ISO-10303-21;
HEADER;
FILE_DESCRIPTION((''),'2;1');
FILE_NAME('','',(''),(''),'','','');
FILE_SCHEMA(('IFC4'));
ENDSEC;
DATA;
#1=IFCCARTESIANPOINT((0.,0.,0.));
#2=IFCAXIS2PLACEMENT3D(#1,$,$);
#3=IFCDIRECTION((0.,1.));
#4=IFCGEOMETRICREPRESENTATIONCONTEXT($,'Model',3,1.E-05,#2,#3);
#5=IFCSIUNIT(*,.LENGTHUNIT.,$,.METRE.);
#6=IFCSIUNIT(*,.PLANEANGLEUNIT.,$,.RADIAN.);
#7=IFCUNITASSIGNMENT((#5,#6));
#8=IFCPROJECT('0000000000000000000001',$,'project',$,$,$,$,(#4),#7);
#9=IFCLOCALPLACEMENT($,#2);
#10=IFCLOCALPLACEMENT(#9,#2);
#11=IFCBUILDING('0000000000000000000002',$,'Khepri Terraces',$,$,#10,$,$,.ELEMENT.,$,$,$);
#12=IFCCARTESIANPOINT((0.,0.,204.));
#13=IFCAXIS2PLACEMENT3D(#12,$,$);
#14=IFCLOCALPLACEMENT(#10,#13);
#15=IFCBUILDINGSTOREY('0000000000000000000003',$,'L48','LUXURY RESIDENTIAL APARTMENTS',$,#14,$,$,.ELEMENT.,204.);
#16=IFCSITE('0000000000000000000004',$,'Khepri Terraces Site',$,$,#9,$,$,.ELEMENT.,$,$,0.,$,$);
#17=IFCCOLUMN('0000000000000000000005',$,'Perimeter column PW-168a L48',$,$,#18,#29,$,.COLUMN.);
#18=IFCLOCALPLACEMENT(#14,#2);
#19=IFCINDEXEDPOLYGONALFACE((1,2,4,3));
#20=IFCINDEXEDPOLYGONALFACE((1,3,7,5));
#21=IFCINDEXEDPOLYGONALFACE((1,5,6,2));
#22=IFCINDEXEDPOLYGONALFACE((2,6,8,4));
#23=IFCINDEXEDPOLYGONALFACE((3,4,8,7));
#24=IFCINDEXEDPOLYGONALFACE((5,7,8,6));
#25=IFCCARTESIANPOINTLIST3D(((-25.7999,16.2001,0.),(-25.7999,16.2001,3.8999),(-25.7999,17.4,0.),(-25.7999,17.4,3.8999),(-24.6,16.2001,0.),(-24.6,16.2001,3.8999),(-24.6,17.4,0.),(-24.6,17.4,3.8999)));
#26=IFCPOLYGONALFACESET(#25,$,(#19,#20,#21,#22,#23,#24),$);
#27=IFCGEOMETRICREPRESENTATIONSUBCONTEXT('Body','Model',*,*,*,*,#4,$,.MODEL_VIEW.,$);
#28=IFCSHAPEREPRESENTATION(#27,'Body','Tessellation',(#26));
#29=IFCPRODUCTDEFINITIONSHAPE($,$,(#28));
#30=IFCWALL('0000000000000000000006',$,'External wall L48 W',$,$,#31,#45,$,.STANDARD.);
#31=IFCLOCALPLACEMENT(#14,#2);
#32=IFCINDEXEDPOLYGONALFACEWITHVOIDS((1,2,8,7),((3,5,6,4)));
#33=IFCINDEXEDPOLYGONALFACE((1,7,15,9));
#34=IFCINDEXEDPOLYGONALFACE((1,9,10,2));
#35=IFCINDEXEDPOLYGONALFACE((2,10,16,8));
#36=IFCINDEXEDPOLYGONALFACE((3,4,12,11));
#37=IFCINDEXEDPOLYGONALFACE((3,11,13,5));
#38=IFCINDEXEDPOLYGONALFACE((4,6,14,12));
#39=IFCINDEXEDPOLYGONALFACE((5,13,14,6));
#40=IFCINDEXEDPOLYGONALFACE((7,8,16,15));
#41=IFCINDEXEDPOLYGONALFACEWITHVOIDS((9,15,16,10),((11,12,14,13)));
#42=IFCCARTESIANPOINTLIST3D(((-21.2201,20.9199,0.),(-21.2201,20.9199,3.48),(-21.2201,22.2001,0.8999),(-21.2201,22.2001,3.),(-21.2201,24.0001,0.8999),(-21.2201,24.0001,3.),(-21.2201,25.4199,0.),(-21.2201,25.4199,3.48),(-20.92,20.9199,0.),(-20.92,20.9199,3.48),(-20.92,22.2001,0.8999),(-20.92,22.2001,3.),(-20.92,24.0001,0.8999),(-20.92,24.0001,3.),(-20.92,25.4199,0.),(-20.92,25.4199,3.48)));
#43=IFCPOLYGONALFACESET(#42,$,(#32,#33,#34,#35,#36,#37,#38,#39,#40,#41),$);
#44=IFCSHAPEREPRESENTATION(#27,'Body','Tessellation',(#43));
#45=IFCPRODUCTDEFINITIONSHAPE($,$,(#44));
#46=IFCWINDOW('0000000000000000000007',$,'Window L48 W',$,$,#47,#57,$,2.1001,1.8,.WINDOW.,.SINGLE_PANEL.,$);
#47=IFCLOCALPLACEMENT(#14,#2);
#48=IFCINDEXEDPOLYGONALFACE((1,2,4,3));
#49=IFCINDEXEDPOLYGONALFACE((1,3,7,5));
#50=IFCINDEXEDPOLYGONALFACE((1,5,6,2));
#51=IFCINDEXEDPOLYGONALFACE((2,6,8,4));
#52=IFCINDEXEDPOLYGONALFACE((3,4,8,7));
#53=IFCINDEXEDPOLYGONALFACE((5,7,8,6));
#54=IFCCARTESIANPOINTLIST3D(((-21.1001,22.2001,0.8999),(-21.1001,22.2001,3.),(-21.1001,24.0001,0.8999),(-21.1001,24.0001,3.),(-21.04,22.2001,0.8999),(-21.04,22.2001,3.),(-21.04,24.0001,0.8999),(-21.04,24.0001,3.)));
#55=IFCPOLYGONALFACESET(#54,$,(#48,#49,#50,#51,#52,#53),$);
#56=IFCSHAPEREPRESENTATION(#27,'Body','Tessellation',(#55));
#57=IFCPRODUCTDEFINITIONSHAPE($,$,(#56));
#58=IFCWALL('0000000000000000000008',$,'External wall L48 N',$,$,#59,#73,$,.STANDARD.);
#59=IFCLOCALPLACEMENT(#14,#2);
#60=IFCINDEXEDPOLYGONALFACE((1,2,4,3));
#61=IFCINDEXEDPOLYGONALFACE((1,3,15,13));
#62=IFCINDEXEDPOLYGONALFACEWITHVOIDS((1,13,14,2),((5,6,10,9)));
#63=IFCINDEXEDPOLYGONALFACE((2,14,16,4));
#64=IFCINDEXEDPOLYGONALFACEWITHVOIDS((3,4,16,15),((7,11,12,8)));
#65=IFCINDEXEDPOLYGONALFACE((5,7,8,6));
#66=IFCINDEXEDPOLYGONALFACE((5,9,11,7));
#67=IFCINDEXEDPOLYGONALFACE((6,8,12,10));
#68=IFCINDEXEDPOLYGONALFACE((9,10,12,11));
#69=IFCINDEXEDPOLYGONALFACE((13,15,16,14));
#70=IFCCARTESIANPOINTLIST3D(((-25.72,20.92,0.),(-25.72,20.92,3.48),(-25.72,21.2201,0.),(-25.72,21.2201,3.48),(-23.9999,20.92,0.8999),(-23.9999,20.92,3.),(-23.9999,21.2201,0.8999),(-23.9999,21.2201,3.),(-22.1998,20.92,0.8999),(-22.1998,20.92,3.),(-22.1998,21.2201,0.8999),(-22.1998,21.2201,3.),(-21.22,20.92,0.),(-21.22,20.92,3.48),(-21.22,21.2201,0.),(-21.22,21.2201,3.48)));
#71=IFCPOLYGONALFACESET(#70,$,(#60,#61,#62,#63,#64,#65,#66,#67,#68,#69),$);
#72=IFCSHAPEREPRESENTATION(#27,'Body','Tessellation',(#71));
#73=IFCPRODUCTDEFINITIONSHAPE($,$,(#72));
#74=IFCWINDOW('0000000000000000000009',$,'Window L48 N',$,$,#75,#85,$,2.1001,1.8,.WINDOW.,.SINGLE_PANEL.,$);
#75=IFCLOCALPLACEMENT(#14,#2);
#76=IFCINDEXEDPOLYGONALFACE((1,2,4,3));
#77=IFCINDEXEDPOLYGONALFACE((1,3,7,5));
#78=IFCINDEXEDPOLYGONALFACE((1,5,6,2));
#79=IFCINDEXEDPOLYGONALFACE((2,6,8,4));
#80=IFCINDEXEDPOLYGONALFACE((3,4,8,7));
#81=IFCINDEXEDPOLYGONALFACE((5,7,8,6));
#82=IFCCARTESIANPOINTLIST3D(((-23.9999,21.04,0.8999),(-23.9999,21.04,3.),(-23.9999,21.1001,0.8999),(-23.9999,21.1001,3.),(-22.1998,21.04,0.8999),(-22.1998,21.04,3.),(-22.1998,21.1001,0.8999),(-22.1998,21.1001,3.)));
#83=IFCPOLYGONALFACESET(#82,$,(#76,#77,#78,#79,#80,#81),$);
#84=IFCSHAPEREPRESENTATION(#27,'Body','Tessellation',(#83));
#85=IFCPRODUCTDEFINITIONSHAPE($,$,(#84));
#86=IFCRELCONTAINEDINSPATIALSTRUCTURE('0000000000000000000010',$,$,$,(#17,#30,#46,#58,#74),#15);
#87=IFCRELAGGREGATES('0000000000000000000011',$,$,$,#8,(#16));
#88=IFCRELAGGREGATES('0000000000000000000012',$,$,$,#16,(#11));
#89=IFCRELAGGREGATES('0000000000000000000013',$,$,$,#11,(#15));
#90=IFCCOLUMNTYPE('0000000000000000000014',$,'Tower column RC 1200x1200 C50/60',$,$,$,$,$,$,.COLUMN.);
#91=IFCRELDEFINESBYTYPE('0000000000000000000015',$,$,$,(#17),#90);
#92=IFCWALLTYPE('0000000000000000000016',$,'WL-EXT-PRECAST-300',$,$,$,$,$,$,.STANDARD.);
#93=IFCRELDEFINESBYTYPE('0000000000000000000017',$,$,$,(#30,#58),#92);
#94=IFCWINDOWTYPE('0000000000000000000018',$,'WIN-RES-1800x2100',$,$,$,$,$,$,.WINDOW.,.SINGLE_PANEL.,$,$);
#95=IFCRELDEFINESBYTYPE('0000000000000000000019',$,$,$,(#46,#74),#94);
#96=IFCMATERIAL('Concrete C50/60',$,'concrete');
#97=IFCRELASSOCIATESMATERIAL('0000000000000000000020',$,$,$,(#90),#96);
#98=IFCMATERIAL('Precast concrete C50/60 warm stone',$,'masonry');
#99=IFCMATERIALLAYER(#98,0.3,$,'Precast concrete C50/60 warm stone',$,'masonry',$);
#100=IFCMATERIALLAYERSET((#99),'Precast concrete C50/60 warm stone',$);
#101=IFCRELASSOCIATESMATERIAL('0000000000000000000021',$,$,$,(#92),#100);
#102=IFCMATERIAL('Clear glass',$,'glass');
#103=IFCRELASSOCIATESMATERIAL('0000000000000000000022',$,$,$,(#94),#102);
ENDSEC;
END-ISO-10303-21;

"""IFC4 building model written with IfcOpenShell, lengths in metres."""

from ifc_helpers import new_model, si_unit, direction, frame, frame_2d, origin, origin_2d, place, context, subcontext, project, spatial, rectangle, extrude, material, layer, layer_set, material_profile, profile_set, type_object, element, fill, save


model = new_model("IFC4")

# Units and contexts
model_context = context("Model", 3, precision=1e-05, world=origin(), true_north=direction((0.0, 1.0)))
body_context = subcontext(model_context, "Body", "Model", "MODEL_VIEW")
ifc_project = project(units=[si_unit("LENGTHUNIT", "METRE"), si_unit("PLANEANGLEUNIT", "RADIAN")], contexts=[model_context])

# Site, building, storey
site_placement = place(None, origin())
site = spatial("IfcSite", under=ifc_project, at=site_placement, Name="Khepri Terraces Site", CompositionType="ELEMENT", RefElevation=0.0)
building_placement = place(site_placement, origin())
building = spatial("IfcBuilding", under=site, at=building_placement, Name="Khepri Terraces", CompositionType="ELEMENT")
storey_placement = place(building_placement, frame((0.0, 0.0, 204.0)))
storey = spatial("IfcBuildingStorey", under=building, at=storey_placement, Name="L48", Description="LUXURY RESIDENTIAL APARTMENTS", CompositionType="ELEMENT", Elevation=204.0)

# Column
ifc_material_1 = material(Name="Concrete C50/60", Category="concrete")
ifc_material_profile = material_profile(ifc_material_1, rectangle(XDim=1.2, YDim=1.2, at=origin_2d()), Name="Concrete C50/60", Category="concrete")
ifc_profile_set = profile_set([ifc_material_profile], Name="Concrete C50/60")
column_type = type_object("IfcColumnType", Name="Tower column RC 1200x1200 C50/60", PredefinedType="COLUMN", material=ifc_profile_set)
column_placement = place(storey_placement, frame((-25.2, 16.8, 0.0), z_axis=(0.0, 0.0, 1.0), x_axis=(1.0, 0.0, 0.0)))
element("IfcColumn", 1, at=column_placement, inside=storey, type_object=column_type, Name="Perimeter column PW-168a L48", PredefinedType="COLUMN", context=body_context, shape_type="SweptSolid", body=[
    extrude(rectangle(XDim=1.2, YDim=1.2, at=origin_2d()), origin(), (0.0, 0.0, 1.0), 3.8999),
])

# Walls, openings, windows
ifc_material_2 = material(Name="Precast concrete C50/60 warm stone", Category="masonry")
ifc_layer = layer(ifc_material_2, 0.3, Name="Precast concrete C50/60 warm stone", Category="masonry")
ifc_layer_set = layer_set([ifc_layer], Name="Precast concrete C50/60 warm stone")
wall_type = type_object("IfcWallType", Name="WL-EXT-PRECAST-300", PredefinedType="STANDARD", material=ifc_layer_set)
wall_1_placement = place(storey_placement, frame((-21.0701, 25.4199, 0.0), z_axis=(0.0, 0.0, 1.0), x_axis=(0.0, -1.0, 0.0)))
wall_1 = element("IfcWall", 2, at=wall_1_placement, inside=storey, type_object=wall_type, Name="External wall L48 W", PredefinedType="STANDARD", context=body_context, shape_type="SweptSolid", body=[
    extrude(rectangle(XDim=4.5, YDim=0.3, at=frame_2d((2.25, 0.0))), origin(), (0.0, 0.0, 1.0), 3.48),
])
opening_1_placement = place(wall_1_placement, frame((1.4199, 0.0, 0.8999)))
opening_1 = element("IfcOpeningElement", 3, at=opening_1_placement, cuts=wall_1, PredefinedType="OPENING", context=body_context, shape_type="SweptSolid", body=[
    extrude(rectangle(XDim=1.8, YDim=2.1001, at=frame_2d((0.8999, 1.05))), frame((0.0, 0.1602, 0.0), z_axis=(0.0, -1.0, 0.0), x_axis=(1.0, 0.0, 0.0)), (0.0, 0.0, 1.0), 0.3201),
])
ifc_material_3 = material(Name="Clear glass", Category="glass")
window_type = type_object("IfcWindowType", Name="WIN-RES-1800x2100", PartitioningType="SINGLE_PANEL", PredefinedType="WINDOW", material=ifc_material_3)
window_1_placement = place(opening_1_placement, origin())
window_1 = element("IfcWindow", 4, at=window_1_placement, inside=storey, type_object=window_type, Name="Window L48 W", OverallHeight=2.1001, OverallWidth=1.8, PartitioningType="SINGLE_PANEL", PredefinedType="WINDOW", context=body_context, shape_type="SweptSolid", body=[
    extrude(rectangle(XDim=1.8, YDim=2.1001, at=frame_2d((0.8999, 1.05))), frame((0.0, 0.03, 0.0), z_axis=(0.0, -1.0, 0.0), x_axis=(1.0, 0.0, 0.0)), (0.0, 0.0, 1.0), 0.0601),
])
fill(opening_1, window_1)
wall_2_placement = place(storey_placement, frame((-21.22, 21.0701, 0.0), z_axis=(0.0, 0.0, 1.0), x_axis=(-1.0, 0.0, 0.0)))
wall_2 = element("IfcWall", 5, at=wall_2_placement, inside=storey, type_object=wall_type, Name="External wall L48 N", PredefinedType="STANDARD", context=body_context, shape_type="SweptSolid", body=[
    extrude(rectangle(XDim=4.5, YDim=0.3, at=frame_2d((2.25, 0.0))), origin(), (0.0, 0.0, 1.0), 3.48),
])
opening_2_placement = place(wall_2_placement, frame((0.98, 0.0, 0.8999)))
opening_2 = element("IfcOpeningElement", 6, at=opening_2_placement, cuts=wall_2, PredefinedType="OPENING", context=body_context, shape_type="SweptSolid", body=[
    extrude(rectangle(XDim=1.8, YDim=2.1001, at=frame_2d((0.8999, 1.05))), frame((0.0, 0.1602, 0.0), z_axis=(0.0, -1.0, 0.0), x_axis=(1.0, 0.0, 0.0)), (0.0, 0.0, 1.0), 0.3201),
])
window_2_placement = place(opening_2_placement, origin())
window_2 = element("IfcWindow", 7, at=window_2_placement, inside=storey, type_object=window_type, Name="Window L48 N", OverallHeight=2.1001, OverallWidth=1.8, PartitioningType="SINGLE_PANEL", PredefinedType="WINDOW", context=body_context, shape_type="SweptSolid", body=[
    extrude(rectangle(XDim=1.8, YDim=2.1001, at=frame_2d((0.8999, 1.05))), frame((0.0, 0.03, 0.0), z_axis=(0.0, -1.0, 0.0), x_axis=(1.0, 0.0, 0.0)), (0.0, 0.0, 1.0), 0.0601),
])
fill(opening_2, window_2)

save(model, "model.ifc")
